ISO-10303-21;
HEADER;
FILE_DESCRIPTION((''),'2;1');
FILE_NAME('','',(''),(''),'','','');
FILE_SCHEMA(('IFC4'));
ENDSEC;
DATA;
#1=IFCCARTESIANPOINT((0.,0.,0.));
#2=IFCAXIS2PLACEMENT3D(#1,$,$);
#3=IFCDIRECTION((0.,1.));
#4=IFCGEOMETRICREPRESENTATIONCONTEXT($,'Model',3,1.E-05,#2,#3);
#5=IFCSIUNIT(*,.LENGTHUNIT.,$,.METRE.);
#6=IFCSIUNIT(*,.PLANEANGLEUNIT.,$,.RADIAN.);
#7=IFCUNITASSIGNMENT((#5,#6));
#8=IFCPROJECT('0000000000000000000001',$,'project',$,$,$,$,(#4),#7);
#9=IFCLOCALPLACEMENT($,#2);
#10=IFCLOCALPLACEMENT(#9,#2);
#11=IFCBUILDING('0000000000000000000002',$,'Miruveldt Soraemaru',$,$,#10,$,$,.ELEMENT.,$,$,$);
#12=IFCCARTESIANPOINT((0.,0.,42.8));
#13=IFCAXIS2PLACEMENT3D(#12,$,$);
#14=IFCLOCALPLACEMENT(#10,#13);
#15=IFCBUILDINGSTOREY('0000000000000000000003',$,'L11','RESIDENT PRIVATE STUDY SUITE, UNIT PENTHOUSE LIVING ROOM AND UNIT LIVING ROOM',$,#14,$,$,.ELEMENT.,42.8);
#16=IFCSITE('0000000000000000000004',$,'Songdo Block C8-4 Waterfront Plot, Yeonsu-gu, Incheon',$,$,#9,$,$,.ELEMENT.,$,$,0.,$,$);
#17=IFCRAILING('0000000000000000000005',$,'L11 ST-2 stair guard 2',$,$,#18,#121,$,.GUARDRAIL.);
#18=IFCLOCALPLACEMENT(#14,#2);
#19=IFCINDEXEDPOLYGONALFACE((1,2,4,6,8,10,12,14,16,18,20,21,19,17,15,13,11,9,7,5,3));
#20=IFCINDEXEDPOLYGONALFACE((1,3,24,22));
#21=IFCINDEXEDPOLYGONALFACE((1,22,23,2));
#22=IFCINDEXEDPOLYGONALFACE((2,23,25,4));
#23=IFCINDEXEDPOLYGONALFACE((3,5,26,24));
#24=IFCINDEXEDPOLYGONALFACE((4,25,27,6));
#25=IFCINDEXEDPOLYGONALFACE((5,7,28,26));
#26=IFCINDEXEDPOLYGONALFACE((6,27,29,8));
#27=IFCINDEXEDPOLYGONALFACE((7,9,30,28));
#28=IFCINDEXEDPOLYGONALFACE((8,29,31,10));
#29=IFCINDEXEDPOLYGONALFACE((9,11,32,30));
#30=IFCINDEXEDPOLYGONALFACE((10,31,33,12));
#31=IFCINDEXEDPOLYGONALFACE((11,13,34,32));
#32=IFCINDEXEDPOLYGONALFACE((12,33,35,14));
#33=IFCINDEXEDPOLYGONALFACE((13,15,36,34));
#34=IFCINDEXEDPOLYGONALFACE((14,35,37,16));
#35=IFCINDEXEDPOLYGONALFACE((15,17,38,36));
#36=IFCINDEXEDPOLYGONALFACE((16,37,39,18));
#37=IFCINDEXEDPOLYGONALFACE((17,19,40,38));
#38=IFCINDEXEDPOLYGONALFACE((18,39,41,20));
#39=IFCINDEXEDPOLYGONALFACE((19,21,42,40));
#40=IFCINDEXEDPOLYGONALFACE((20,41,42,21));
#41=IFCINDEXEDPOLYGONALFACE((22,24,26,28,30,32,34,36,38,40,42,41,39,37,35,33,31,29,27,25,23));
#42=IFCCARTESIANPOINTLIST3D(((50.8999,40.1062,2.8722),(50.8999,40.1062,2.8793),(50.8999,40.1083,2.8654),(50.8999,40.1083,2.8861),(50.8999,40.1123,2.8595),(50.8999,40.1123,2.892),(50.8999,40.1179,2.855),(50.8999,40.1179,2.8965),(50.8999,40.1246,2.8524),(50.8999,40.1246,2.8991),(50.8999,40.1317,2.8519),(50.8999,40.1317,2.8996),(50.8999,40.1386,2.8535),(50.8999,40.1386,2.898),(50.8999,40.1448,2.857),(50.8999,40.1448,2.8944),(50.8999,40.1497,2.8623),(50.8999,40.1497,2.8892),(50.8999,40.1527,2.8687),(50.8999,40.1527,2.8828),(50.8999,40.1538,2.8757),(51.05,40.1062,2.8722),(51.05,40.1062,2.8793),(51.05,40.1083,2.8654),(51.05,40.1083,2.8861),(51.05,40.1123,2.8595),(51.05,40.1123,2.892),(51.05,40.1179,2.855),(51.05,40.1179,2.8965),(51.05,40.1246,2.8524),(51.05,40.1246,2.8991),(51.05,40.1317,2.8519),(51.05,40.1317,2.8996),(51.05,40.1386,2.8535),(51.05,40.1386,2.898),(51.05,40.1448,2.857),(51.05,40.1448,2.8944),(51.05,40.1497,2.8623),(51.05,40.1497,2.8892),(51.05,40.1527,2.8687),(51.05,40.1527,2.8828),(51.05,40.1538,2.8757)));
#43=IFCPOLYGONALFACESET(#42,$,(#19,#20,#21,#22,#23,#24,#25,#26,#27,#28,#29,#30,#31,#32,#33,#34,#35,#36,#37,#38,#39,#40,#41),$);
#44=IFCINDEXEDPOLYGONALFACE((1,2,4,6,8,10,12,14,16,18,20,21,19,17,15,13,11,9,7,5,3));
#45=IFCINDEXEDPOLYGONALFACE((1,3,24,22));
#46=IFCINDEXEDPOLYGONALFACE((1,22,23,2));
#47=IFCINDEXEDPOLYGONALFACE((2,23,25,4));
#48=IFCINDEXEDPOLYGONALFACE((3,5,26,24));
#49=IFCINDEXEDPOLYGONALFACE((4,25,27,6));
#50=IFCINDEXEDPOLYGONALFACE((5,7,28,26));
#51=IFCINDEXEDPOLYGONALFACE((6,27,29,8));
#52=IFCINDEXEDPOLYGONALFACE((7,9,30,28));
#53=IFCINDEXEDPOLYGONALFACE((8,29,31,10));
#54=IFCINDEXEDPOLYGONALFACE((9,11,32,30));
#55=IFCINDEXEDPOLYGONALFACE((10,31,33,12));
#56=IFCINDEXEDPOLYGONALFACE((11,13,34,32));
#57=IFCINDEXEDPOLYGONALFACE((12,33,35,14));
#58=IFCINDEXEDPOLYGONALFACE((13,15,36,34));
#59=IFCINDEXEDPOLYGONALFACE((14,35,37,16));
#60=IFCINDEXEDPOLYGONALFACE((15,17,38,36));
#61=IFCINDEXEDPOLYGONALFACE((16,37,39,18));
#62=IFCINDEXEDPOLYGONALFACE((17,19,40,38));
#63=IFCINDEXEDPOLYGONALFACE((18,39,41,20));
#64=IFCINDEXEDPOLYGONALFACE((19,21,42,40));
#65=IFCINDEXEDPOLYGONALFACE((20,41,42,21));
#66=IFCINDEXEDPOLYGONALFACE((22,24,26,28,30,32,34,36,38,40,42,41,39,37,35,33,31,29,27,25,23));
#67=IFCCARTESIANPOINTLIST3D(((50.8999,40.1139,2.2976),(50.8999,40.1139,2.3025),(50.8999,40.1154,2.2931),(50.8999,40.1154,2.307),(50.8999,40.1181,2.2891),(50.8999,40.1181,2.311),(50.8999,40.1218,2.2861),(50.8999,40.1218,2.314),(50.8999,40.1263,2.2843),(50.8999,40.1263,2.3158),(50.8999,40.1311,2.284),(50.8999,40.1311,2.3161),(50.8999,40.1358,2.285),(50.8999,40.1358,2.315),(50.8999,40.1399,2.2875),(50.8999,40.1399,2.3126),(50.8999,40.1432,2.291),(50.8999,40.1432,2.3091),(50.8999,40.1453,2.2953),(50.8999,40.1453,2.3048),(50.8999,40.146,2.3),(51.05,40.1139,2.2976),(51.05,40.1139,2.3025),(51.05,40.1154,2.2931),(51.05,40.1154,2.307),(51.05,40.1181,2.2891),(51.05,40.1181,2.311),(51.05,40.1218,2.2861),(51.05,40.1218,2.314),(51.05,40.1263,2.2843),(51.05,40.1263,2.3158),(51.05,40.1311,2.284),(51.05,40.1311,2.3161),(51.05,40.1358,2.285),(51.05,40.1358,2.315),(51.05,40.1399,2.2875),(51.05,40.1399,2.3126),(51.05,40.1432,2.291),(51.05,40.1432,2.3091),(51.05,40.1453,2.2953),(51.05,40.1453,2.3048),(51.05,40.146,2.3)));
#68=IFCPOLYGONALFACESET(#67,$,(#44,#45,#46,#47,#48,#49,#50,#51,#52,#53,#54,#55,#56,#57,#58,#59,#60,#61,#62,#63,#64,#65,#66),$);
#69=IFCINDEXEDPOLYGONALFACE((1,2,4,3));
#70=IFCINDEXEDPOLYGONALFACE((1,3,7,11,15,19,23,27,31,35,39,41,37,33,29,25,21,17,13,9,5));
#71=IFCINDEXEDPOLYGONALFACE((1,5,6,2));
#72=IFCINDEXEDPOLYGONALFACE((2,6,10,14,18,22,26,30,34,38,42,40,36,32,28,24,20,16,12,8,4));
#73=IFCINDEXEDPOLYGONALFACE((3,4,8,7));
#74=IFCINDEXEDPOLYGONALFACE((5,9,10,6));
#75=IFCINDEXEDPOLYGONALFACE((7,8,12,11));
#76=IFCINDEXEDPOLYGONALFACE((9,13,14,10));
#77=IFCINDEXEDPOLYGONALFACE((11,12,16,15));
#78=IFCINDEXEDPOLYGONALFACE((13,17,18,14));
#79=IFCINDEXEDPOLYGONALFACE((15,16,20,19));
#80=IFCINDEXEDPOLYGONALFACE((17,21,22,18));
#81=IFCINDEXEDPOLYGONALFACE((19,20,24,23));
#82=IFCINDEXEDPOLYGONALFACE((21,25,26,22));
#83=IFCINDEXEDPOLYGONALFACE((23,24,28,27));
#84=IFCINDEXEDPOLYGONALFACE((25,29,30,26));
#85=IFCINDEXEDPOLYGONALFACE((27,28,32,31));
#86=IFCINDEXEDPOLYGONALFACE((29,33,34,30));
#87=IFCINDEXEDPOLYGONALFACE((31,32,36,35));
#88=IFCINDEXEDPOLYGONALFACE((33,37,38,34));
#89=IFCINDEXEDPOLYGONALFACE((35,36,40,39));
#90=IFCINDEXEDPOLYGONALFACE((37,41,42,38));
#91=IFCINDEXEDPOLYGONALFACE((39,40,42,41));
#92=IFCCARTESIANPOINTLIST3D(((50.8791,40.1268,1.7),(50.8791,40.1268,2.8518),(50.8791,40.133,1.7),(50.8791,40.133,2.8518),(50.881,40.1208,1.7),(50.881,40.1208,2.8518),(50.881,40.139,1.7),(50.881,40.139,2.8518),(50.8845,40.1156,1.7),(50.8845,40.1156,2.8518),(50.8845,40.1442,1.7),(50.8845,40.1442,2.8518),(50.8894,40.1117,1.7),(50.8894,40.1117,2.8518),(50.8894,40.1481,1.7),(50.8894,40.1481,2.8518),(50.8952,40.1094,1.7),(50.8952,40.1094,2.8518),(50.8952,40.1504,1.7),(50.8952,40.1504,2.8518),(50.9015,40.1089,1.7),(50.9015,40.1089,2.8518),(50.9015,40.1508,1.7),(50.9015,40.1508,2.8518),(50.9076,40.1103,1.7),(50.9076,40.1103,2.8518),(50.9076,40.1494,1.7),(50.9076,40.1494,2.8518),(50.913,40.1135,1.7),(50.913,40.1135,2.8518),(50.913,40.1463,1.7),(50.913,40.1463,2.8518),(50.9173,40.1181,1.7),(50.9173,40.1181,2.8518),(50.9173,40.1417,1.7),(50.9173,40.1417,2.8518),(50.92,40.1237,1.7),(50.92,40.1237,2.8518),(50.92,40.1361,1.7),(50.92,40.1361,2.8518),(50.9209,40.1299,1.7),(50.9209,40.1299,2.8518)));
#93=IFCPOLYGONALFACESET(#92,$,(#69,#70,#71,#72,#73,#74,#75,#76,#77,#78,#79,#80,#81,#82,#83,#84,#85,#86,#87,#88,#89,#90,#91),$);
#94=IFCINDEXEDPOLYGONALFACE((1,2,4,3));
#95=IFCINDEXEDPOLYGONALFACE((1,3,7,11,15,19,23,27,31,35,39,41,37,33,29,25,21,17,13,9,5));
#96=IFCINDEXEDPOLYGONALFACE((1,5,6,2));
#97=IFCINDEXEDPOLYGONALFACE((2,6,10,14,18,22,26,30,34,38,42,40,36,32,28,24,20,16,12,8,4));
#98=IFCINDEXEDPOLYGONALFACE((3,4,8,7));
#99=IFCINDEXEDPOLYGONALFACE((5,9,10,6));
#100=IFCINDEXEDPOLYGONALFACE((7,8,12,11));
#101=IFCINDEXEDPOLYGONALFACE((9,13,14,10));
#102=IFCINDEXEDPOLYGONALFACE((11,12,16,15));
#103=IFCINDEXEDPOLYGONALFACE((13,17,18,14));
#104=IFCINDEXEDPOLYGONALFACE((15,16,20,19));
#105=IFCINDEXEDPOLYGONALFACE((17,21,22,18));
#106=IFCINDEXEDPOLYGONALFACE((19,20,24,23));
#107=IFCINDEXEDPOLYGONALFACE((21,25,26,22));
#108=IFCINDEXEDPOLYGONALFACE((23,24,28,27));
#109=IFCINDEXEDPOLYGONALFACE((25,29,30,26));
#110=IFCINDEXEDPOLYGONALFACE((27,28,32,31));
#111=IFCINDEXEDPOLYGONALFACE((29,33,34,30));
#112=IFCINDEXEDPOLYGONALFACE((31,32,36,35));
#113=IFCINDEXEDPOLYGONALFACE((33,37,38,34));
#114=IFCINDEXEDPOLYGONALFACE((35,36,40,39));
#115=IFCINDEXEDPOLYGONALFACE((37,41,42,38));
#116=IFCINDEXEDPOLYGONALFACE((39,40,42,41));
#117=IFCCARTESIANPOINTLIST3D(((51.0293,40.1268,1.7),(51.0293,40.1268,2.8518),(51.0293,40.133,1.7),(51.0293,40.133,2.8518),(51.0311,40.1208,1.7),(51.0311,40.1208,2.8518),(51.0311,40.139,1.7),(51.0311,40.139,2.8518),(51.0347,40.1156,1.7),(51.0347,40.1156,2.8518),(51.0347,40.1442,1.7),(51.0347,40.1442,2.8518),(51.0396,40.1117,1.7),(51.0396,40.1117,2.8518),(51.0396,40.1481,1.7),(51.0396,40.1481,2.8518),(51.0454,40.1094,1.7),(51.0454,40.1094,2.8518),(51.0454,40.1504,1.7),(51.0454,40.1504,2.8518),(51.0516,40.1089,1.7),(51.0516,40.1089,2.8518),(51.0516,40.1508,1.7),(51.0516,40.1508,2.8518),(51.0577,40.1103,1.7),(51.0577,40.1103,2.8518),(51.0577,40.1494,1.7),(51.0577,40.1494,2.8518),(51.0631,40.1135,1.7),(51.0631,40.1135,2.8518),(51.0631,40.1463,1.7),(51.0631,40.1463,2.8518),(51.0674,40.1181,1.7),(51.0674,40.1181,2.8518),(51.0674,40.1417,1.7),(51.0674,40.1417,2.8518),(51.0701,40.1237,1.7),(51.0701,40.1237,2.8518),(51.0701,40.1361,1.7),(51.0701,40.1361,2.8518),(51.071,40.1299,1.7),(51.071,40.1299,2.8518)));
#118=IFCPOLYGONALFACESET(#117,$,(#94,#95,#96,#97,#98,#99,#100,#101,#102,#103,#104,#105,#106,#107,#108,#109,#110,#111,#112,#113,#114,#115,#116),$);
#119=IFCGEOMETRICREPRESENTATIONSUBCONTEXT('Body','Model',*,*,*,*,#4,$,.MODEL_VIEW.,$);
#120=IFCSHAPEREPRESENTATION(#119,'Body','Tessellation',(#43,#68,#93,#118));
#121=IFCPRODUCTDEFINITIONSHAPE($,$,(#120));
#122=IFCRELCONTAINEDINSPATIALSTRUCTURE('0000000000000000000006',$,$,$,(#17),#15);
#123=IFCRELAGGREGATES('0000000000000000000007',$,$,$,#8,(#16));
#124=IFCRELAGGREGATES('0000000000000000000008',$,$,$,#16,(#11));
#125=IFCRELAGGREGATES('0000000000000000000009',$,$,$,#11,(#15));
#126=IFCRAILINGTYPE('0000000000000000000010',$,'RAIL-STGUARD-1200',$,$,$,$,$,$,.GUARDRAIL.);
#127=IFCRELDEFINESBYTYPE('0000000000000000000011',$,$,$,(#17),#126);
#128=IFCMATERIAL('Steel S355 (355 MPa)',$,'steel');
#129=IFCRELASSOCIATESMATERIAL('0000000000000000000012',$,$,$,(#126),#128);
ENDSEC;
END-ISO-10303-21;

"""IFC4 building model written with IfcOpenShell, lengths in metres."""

from ifc_helpers import new_model, si_unit, direction, frame, origin, origin_2d, place, context, subcontext, project, spatial, circle, extrude, material, type_object, element, save


model = new_model("IFC4")

# Units and contexts
model_context = context("Model", 3, precision=1e-05, world=origin(), true_north=direction((0.0, 1.0)))
body_context = subcontext(model_context, "Body", "Model", "MODEL_VIEW")
ifc_project = project(units=[si_unit("LENGTHUNIT", "METRE"), si_unit("PLANEANGLEUNIT", "RADIAN")], contexts=[model_context])

# Site, building, storey
site_placement = place(None, origin())
site = spatial("IfcSite", under=ifc_project, at=site_placement, Name="Songdo Block C8-4 Waterfront Plot, Yeonsu-gu, Incheon", CompositionType="ELEMENT", RefElevation=0.0)
building_placement = place(site_placement, origin())
building = spatial("IfcBuilding", under=site, at=building_placement, Name="Miruveldt Soraemaru", CompositionType="ELEMENT")
storey_placement = place(building_placement, frame((0.0, 0.0, 42.8)))
storey = spatial("IfcBuildingStorey", under=building, at=storey_placement, Name="L11", Description="RESIDENT PRIVATE STUDY SUITE, UNIT PENTHOUSE LIVING ROOM AND UNIT LIVING ROOM", CompositionType="ELEMENT", Elevation=42.8)

# Railing
ifc_material_1 = material(Name="Steel S355 (355 MPa)", Category="steel")
railing_type = type_object("IfcRailingType", Name="RAIL-STGUARD-1200", PredefinedType="GUARDRAIL", material=ifc_material_1)
railing_placement = place(storey_placement, frame((50.8999, 40.1299, 1.7)))
element("IfcRailing", 1, at=railing_placement, inside=storey, type_object=railing_type, Name="L11 ST-2 stair guard 2", PredefinedType="GUARDRAIL", context=body_context, shape_type="SweptSolid", body=[
    extrude(circle(Radius=0.0239, at=origin_2d()), frame((0.0, 0.0, 1.1758), z_axis=(1.0, 0.0, 0.0), x_axis=(0.0, 1.0, 0.0)), (0.0, 0.0, 1.0), 0.1501),
    extrude(circle(Radius=0.0161, at=origin_2d()), frame((0.0, 0.0, 0.6001), z_axis=(1.0, 0.0, 0.0), x_axis=(0.0, 1.0, 0.0)), (0.0, 0.0, 1.0), 0.1501),
    extrude(circle(Radius=0.021, at=origin_2d()), origin(), (0.0, 0.0, 1.0), 1.1519),
    extrude(circle(Radius=0.021, at=origin_2d()), frame((0.1501, 0.0, 0.0)), (0.0, 0.0, 1.0), 1.1519),
])

save(model, "model.ifc")
